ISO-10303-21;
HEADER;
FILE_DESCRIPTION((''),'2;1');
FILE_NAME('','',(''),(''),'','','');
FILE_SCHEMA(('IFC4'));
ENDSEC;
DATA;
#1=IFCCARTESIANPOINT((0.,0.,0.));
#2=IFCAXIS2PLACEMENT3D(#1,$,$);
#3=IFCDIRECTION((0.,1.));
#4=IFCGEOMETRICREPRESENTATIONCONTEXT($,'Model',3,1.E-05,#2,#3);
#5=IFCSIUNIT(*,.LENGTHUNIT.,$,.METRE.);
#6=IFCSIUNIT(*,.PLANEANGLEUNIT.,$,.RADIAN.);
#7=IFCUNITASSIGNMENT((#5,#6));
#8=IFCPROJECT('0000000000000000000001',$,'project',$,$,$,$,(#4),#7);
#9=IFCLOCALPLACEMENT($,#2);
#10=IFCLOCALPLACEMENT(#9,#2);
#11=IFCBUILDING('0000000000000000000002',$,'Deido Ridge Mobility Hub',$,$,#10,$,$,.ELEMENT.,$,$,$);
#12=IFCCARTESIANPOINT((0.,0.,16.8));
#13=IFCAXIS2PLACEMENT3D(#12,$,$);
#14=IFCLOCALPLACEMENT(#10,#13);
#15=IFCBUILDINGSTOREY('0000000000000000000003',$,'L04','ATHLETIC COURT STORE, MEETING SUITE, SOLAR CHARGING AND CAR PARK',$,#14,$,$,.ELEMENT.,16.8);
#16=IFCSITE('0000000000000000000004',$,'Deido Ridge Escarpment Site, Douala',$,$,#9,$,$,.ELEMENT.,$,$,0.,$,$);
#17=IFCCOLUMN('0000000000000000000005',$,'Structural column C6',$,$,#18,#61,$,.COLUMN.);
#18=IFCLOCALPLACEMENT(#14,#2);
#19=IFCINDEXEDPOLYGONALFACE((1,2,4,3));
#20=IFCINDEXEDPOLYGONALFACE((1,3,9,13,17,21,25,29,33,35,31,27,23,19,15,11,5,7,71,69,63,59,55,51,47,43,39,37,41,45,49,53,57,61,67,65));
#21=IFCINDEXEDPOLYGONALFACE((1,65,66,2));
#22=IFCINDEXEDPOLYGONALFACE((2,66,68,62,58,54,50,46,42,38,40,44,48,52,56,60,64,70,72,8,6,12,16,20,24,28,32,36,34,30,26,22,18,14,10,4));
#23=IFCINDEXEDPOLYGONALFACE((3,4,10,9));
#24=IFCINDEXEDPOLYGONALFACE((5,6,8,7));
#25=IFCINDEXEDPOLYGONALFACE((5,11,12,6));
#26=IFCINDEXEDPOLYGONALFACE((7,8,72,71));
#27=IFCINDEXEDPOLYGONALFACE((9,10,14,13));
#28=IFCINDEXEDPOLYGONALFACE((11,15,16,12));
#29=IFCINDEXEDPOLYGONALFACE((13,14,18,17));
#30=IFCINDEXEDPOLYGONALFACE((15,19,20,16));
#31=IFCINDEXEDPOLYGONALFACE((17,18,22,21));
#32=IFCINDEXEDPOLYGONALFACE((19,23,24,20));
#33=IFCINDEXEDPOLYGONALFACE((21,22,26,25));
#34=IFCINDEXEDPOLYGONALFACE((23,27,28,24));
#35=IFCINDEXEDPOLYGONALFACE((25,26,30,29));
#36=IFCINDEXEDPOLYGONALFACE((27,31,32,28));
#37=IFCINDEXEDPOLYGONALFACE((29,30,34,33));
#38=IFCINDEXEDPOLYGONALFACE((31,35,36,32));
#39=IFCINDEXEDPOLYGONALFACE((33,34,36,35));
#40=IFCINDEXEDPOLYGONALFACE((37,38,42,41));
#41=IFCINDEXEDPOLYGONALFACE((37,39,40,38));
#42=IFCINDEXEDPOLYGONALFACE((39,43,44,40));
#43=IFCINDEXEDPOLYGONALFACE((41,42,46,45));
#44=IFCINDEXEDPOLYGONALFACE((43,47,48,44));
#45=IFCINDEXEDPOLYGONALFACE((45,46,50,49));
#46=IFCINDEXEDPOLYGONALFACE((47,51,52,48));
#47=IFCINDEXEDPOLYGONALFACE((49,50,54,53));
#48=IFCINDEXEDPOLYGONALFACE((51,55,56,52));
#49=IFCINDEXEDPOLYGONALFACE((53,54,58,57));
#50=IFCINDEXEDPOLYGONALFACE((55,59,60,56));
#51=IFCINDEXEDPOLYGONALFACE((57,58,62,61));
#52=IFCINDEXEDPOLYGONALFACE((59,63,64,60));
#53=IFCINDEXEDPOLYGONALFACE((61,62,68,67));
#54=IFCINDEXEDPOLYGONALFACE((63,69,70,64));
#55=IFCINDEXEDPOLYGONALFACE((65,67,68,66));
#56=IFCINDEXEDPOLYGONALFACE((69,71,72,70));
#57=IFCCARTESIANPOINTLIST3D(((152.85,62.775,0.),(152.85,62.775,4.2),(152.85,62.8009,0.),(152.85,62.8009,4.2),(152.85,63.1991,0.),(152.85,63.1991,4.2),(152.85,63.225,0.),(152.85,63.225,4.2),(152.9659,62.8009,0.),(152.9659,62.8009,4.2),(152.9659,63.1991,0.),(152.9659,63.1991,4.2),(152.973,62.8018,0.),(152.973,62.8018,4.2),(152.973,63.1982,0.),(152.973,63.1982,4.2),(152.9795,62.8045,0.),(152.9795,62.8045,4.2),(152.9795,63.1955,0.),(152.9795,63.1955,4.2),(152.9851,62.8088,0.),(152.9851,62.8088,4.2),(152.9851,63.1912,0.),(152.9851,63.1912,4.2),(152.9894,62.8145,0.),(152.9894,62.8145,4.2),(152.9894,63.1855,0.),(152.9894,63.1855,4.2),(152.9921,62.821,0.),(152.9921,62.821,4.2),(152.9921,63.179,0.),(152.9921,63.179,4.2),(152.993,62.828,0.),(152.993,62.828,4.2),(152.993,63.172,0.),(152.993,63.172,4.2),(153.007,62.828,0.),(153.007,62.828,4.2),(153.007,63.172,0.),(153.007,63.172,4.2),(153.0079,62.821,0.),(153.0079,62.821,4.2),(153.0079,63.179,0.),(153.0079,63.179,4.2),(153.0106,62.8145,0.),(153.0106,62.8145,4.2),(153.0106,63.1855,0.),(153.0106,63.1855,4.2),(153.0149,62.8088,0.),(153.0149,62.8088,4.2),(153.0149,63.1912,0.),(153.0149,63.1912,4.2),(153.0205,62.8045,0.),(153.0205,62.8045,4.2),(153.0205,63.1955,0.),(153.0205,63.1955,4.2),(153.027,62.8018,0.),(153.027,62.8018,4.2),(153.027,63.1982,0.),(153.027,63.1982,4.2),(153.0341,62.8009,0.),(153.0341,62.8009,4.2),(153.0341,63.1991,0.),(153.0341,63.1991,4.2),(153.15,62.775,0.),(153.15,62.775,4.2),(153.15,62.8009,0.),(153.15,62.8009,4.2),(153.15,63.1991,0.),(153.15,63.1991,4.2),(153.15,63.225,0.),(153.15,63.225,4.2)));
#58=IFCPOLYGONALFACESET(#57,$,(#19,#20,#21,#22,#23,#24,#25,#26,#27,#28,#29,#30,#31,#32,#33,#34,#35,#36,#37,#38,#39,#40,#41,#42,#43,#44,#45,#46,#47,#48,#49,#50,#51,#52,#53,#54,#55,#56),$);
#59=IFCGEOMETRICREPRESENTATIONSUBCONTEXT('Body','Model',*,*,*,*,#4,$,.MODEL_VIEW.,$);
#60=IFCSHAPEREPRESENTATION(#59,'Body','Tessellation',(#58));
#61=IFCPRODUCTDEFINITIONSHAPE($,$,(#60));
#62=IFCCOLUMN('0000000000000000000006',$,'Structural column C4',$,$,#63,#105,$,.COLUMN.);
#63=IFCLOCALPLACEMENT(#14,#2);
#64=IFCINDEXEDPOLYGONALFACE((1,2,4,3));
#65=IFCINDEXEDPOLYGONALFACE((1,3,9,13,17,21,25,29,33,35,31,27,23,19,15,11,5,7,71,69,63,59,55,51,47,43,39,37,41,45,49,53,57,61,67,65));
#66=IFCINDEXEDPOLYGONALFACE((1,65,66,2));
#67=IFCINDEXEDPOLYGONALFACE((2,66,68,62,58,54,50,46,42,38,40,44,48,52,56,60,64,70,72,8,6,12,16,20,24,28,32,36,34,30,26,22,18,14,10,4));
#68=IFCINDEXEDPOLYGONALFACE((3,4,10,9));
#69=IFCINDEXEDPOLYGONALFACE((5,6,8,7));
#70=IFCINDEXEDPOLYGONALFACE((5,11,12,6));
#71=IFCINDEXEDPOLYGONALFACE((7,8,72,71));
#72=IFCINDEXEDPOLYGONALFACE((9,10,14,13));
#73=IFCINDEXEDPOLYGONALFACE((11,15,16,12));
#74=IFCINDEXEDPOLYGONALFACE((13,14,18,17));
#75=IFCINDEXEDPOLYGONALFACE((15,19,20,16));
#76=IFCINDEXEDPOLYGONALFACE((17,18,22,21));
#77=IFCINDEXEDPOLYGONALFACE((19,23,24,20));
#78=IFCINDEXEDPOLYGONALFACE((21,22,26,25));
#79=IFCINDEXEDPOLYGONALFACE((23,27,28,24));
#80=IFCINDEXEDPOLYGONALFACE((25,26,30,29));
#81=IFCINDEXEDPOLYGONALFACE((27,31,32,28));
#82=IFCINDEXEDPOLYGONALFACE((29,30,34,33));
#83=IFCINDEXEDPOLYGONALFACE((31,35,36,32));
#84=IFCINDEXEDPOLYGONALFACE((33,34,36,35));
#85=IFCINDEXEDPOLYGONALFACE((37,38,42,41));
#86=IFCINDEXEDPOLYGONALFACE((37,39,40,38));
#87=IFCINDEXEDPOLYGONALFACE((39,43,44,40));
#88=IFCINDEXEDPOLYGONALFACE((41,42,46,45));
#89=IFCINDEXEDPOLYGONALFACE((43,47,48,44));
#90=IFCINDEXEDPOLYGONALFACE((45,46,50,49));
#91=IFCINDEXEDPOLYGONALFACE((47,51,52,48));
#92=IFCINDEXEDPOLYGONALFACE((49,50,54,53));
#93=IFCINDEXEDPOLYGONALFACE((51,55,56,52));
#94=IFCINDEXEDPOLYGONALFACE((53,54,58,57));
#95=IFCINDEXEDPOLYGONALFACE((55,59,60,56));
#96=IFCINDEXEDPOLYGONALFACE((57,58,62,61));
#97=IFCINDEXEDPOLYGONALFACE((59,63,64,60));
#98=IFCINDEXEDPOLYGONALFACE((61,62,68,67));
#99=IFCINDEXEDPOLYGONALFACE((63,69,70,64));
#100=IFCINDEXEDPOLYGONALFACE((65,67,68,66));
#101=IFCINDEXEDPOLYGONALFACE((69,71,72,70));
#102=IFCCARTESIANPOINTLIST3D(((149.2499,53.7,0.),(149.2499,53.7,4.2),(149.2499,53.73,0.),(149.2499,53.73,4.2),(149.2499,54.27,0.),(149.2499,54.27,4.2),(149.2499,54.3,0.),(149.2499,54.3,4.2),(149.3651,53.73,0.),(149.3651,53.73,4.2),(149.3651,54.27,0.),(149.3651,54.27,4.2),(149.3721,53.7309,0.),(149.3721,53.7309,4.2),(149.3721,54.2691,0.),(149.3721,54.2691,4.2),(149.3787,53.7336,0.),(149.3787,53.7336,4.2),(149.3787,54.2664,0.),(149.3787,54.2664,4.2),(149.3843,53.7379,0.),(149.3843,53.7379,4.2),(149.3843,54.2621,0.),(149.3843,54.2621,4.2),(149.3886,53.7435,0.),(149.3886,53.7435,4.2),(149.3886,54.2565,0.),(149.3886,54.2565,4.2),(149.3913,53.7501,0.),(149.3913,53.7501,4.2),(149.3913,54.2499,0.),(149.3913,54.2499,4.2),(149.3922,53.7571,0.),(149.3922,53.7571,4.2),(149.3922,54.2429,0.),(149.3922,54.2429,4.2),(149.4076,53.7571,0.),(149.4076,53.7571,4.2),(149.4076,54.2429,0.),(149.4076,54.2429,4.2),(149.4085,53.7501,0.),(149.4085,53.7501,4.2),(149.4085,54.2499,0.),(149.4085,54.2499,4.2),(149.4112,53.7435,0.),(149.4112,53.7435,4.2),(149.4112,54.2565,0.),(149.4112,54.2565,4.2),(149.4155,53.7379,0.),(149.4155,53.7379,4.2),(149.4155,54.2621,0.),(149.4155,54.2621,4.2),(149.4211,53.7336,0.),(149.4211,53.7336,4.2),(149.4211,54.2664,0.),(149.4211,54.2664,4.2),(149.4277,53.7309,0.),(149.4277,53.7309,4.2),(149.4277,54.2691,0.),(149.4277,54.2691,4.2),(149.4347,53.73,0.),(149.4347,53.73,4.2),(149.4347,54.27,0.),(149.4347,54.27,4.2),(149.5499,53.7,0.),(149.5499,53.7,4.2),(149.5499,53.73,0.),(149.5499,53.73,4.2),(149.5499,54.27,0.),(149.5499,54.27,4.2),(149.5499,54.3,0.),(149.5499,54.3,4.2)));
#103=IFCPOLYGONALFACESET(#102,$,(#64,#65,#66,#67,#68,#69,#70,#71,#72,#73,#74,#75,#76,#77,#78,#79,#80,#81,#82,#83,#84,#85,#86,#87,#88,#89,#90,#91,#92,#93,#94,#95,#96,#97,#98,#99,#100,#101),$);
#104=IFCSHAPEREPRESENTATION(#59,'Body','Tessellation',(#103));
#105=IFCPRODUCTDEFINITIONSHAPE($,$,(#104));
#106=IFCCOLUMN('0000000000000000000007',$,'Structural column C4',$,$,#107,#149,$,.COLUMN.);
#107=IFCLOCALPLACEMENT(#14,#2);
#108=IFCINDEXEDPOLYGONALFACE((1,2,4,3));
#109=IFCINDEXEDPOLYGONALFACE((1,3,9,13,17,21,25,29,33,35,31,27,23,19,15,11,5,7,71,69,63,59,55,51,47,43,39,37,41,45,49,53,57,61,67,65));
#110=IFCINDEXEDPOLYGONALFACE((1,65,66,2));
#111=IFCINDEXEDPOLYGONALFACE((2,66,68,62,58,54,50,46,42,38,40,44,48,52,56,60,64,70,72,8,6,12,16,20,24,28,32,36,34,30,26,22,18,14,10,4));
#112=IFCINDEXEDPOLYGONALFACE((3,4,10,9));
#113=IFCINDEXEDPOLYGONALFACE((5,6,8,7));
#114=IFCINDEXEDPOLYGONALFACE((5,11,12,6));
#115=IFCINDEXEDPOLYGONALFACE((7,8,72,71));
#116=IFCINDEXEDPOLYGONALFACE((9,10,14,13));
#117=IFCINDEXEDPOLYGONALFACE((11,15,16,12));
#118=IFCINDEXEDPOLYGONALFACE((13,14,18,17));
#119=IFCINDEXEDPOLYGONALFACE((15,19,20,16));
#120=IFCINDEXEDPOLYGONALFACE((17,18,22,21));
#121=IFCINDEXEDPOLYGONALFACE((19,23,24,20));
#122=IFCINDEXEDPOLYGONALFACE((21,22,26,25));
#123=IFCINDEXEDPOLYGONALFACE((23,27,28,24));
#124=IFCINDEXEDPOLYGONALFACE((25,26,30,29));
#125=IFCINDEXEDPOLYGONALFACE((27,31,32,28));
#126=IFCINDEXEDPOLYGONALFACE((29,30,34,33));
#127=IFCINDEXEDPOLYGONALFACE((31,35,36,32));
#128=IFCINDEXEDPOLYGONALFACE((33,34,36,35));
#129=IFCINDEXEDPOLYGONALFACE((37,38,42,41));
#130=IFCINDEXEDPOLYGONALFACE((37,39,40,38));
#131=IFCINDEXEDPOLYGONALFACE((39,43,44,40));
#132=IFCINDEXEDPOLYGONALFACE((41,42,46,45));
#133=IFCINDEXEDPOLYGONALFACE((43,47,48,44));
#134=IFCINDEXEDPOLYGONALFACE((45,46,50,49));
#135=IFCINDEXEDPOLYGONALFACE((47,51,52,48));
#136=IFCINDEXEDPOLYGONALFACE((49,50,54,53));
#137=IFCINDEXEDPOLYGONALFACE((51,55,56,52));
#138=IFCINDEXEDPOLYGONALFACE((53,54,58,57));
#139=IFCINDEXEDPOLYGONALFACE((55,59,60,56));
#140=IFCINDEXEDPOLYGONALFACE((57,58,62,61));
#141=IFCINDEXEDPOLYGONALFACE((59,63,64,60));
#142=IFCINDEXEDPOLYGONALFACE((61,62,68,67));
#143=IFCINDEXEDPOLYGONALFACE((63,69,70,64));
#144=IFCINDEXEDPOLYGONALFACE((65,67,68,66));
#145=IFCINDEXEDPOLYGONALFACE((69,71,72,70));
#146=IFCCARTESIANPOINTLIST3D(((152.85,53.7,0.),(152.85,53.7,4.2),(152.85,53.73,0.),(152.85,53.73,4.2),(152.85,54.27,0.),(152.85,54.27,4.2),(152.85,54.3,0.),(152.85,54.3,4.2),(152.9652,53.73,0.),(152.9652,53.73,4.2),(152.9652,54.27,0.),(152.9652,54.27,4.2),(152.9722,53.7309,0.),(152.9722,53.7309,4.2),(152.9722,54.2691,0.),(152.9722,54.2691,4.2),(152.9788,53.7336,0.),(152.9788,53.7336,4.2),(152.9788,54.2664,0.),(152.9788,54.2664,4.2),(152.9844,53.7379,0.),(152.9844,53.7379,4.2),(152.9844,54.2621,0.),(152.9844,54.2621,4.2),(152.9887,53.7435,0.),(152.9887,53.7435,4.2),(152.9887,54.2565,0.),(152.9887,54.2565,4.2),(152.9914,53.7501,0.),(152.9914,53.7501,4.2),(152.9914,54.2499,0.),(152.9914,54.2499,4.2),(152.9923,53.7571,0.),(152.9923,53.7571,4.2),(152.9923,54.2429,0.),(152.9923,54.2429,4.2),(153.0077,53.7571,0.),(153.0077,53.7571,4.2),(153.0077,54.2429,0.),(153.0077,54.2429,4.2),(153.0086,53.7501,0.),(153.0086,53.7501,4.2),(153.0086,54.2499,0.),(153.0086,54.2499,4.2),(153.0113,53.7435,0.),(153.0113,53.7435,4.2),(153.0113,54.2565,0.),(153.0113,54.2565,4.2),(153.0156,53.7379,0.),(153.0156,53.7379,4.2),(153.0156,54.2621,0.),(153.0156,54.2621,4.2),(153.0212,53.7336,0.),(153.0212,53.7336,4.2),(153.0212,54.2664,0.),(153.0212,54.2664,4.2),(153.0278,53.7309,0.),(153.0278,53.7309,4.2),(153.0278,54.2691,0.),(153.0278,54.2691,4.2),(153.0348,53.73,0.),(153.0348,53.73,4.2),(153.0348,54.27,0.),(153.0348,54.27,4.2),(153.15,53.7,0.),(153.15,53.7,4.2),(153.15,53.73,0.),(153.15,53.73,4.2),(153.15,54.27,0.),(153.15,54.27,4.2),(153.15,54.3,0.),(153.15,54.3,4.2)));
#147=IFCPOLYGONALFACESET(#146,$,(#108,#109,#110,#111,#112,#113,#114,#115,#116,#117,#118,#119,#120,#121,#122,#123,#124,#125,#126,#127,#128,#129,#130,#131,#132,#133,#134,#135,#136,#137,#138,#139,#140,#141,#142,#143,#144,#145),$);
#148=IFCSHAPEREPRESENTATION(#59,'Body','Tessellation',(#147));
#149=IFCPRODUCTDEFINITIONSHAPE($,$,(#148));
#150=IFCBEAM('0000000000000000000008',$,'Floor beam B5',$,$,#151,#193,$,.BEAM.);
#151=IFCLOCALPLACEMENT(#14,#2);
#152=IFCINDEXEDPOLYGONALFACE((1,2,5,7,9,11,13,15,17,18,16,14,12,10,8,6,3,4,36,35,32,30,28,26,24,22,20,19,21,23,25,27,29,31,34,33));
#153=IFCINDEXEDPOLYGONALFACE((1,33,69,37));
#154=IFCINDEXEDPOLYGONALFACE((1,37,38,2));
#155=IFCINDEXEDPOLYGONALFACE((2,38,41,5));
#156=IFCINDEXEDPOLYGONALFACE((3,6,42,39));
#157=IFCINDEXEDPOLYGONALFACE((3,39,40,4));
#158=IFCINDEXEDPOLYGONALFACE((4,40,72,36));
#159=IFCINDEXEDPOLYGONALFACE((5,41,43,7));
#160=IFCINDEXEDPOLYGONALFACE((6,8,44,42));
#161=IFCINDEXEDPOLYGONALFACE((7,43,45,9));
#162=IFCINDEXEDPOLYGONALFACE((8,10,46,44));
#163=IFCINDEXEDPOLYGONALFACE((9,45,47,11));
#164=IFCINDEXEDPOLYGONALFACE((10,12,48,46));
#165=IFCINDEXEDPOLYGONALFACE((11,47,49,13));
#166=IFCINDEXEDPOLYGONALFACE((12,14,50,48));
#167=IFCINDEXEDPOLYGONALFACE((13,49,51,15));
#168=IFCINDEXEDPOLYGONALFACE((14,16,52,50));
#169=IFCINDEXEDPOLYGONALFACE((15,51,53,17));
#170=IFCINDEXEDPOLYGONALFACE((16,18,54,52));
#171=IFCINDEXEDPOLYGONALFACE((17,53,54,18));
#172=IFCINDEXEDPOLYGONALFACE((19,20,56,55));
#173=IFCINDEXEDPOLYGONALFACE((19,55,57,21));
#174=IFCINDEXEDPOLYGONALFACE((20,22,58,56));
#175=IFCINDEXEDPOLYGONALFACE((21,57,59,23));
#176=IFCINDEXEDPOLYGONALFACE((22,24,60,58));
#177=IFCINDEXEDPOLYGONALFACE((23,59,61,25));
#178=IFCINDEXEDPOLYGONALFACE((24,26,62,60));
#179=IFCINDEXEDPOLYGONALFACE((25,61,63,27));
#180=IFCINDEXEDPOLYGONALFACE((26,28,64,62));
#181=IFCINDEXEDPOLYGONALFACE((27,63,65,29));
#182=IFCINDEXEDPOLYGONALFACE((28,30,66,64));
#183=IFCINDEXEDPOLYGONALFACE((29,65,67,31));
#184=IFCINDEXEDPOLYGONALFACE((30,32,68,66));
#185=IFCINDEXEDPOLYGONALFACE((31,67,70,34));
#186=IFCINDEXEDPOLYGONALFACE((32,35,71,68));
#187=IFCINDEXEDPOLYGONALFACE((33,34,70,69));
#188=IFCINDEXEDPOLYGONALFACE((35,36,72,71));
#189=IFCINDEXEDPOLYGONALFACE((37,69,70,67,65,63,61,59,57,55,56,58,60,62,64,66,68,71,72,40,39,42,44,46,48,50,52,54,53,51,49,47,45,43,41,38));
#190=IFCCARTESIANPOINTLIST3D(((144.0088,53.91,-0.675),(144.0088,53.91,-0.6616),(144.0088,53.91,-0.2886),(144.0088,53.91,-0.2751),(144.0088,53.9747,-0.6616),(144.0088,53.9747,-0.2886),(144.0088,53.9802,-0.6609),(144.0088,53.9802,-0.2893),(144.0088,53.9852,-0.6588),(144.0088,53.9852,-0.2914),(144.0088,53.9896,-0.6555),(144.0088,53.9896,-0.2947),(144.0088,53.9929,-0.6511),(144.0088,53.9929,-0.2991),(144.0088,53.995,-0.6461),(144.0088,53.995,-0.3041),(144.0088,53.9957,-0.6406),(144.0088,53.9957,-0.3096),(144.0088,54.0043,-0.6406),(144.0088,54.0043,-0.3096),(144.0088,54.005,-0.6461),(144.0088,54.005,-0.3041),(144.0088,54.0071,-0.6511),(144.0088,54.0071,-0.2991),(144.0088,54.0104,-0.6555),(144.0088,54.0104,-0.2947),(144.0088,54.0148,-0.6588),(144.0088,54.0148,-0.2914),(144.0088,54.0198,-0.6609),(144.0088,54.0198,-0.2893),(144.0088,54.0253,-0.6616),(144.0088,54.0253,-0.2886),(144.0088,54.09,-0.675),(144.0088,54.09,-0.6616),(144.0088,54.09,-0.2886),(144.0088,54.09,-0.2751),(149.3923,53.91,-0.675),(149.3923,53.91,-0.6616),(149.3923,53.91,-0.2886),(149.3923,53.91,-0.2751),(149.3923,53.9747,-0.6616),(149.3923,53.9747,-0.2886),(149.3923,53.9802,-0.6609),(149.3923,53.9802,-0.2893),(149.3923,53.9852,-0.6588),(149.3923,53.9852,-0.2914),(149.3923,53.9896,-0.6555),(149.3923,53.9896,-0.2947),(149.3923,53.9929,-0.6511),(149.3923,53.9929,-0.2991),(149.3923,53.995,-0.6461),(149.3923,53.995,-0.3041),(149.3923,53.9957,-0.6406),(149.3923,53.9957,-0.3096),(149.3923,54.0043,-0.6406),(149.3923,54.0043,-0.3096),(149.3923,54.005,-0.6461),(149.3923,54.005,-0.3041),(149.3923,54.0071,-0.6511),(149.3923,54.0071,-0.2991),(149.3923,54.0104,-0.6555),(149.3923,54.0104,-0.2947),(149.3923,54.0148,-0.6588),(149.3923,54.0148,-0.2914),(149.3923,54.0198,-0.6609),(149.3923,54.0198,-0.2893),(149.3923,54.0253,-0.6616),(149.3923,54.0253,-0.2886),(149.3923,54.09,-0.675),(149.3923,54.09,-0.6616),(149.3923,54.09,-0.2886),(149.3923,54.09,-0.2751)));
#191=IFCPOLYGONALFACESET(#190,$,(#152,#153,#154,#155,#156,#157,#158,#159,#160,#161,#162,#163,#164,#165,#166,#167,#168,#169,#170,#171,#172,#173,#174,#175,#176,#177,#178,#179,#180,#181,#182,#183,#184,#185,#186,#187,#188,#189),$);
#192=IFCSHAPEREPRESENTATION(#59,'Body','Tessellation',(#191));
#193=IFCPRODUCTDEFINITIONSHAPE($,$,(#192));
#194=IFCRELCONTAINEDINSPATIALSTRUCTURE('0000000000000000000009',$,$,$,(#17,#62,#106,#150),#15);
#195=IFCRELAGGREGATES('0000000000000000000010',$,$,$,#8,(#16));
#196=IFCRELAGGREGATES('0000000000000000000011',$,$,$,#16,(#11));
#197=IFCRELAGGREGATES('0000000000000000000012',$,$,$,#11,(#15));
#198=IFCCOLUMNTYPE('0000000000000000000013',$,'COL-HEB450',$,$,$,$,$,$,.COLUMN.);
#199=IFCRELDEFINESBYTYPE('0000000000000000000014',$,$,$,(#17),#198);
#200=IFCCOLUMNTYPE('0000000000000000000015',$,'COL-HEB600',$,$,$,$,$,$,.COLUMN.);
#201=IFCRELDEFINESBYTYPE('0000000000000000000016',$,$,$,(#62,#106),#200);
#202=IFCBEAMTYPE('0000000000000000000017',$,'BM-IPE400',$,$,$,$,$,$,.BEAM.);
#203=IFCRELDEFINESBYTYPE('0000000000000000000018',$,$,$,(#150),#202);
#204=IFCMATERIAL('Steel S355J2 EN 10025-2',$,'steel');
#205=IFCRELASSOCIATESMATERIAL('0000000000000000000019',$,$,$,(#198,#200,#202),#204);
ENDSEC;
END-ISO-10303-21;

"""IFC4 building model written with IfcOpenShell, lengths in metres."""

from ifc_helpers import new_model, si_unit, direction, frame, origin, origin_2d, place, context, subcontext, project, spatial, i_section, extrude, material, material_profile, profile_set, type_object, element, save


model = new_model("IFC4")

# Units and contexts
model_context = context("Model", 3, precision=1e-05, world=origin(), true_north=direction((0.0, 1.0)))
body_context = subcontext(model_context, "Body", "Model", "MODEL_VIEW")
ifc_project = project(units=[si_unit("LENGTHUNIT", "METRE"), si_unit("PLANEANGLEUNIT", "RADIAN")], contexts=[model_context])

# Site, building, storey
site_placement = place(None, origin())
site = spatial("IfcSite", under=ifc_project, at=site_placement, Name="Deido Ridge Escarpment Site, Douala", CompositionType="ELEMENT", RefElevation=0.0)
building_placement = place(site_placement, origin())
building = spatial("IfcBuilding", under=site, at=building_placement, Name="Deido Ridge Mobility Hub", CompositionType="ELEMENT")
storey_placement = place(building_placement, frame((0.0, 0.0, 16.8)))
storey = spatial("IfcBuildingStorey", under=building, at=storey_placement, Name="L04", Description="ATHLETIC COURT STORE, MEETING SUITE, SOLAR CHARGING AND CAR PARK", CompositionType="ELEMENT", Elevation=16.8)

# Columns
ifc_material_1 = material(Name="Steel S355J2 EN 10025-2", Category="steel")
ifc_material_profile_1 = material_profile(ifc_material_1, i_section(OverallWidth=0.3, OverallDepth=0.45, WebThickness=0.0139, FlangeThickness=0.0259, FilletRadius=0.0271, at=origin_2d()), Name="HEB 450")
ifc_profile_set_1 = profile_set([ifc_material_profile_1], Name="Steel S355J2 EN 10025-2")
column_type_1 = type_object("IfcColumnType", Name="COL-HEB450", PredefinedType="COLUMN", material=ifc_profile_set_1)
for number, where, z_axis, x_axis, name in (
    (1, (153.0, 63.0, 0.0), (0.0, 0.0, 1.0), (1.0, 0.0, 0.0), "Structural column C6"),
):
    element("IfcColumn", number, at=place(storey_placement, frame(where, z_axis=z_axis, x_axis=x_axis)), inside=storey, type_object=column_type_1, Name=name, PredefinedType="COLUMN", context=body_context, shape_type="SweptSolid", body=[
        extrude(i_section(OverallWidth=0.3, OverallDepth=0.45, WebThickness=0.0139, FlangeThickness=0.0259, FilletRadius=0.0271, at=origin_2d()), origin(), (0.0, 0.0, 1.0), 4.2),
    ])
ifc_material_profile_2 = material_profile(ifc_material_1, i_section(OverallWidth=0.3, OverallDepth=0.6001, WebThickness=0.0154, FlangeThickness=0.03, FilletRadius=0.0271, at=origin_2d()), Name="HEB 600")
ifc_profile_set_2 = profile_set([ifc_material_profile_2], Name="Steel S355J2 EN 10025-2")
column_type_2 = type_object("IfcColumnType", Name="COL-HEB600", PredefinedType="COLUMN", material=ifc_profile_set_2)
for number, where, z_axis, x_axis, name in (
    (2, (149.3999, 54.0, 0.0), (0.0, 0.0, 1.0), (1.0, 0.0, 0.0), "Structural column C4"),
    (3, (153.0, 54.0, 0.0), (0.0, 0.0, 1.0), (1.0, 0.0, 0.0), "Structural column C4"),
):
    element("IfcColumn", number, at=place(storey_placement, frame(where, z_axis=z_axis, x_axis=x_axis)), inside=storey, type_object=column_type_2, Name=name, PredefinedType="COLUMN", context=body_context, shape_type="SweptSolid", body=[
        extrude(i_section(OverallWidth=0.3, OverallDepth=0.6001, WebThickness=0.0154, FlangeThickness=0.03, FilletRadius=0.0271, at=origin_2d()), origin(), (0.0, 0.0, 1.0), 4.2),
    ])

# Beam
ifc_material_profile_3 = material_profile(ifc_material_1, i_section(OverallWidth=0.1799, OverallDepth=0.3999, WebThickness=0.0085, FlangeThickness=0.0134, FilletRadius=0.021, at=origin_2d()), Name="IPE 400")
ifc_profile_set_3 = profile_set([ifc_material_profile_3], Name="Steel S355J2 EN 10025-2")
beam_type_1 = type_object("IfcBeamType", Name="BM-IPE400", PredefinedType="BEAM", material=ifc_profile_set_3)
beam_1_placement = place(storey_placement, frame((144.0088, 54.0, -0.4751), z_axis=(1.0, 0.0, 0.0), x_axis=(0.0, 1.0, 0.0)))
element("IfcBeam", 4, at=beam_1_placement, inside=storey, type_object=beam_type_1, Name="Floor beam B5", PredefinedType="BEAM", context=body_context, shape_type="SweptSolid", body=[
    extrude(i_section(OverallWidth=0.1799, OverallDepth=0.3999, WebThickness=0.0085, FlangeThickness=0.0134, FilletRadius=0.021, at=origin_2d()), origin(), (0.0, 0.0, 1.0), 5.3835),
])

save(model, "model.ifc")
